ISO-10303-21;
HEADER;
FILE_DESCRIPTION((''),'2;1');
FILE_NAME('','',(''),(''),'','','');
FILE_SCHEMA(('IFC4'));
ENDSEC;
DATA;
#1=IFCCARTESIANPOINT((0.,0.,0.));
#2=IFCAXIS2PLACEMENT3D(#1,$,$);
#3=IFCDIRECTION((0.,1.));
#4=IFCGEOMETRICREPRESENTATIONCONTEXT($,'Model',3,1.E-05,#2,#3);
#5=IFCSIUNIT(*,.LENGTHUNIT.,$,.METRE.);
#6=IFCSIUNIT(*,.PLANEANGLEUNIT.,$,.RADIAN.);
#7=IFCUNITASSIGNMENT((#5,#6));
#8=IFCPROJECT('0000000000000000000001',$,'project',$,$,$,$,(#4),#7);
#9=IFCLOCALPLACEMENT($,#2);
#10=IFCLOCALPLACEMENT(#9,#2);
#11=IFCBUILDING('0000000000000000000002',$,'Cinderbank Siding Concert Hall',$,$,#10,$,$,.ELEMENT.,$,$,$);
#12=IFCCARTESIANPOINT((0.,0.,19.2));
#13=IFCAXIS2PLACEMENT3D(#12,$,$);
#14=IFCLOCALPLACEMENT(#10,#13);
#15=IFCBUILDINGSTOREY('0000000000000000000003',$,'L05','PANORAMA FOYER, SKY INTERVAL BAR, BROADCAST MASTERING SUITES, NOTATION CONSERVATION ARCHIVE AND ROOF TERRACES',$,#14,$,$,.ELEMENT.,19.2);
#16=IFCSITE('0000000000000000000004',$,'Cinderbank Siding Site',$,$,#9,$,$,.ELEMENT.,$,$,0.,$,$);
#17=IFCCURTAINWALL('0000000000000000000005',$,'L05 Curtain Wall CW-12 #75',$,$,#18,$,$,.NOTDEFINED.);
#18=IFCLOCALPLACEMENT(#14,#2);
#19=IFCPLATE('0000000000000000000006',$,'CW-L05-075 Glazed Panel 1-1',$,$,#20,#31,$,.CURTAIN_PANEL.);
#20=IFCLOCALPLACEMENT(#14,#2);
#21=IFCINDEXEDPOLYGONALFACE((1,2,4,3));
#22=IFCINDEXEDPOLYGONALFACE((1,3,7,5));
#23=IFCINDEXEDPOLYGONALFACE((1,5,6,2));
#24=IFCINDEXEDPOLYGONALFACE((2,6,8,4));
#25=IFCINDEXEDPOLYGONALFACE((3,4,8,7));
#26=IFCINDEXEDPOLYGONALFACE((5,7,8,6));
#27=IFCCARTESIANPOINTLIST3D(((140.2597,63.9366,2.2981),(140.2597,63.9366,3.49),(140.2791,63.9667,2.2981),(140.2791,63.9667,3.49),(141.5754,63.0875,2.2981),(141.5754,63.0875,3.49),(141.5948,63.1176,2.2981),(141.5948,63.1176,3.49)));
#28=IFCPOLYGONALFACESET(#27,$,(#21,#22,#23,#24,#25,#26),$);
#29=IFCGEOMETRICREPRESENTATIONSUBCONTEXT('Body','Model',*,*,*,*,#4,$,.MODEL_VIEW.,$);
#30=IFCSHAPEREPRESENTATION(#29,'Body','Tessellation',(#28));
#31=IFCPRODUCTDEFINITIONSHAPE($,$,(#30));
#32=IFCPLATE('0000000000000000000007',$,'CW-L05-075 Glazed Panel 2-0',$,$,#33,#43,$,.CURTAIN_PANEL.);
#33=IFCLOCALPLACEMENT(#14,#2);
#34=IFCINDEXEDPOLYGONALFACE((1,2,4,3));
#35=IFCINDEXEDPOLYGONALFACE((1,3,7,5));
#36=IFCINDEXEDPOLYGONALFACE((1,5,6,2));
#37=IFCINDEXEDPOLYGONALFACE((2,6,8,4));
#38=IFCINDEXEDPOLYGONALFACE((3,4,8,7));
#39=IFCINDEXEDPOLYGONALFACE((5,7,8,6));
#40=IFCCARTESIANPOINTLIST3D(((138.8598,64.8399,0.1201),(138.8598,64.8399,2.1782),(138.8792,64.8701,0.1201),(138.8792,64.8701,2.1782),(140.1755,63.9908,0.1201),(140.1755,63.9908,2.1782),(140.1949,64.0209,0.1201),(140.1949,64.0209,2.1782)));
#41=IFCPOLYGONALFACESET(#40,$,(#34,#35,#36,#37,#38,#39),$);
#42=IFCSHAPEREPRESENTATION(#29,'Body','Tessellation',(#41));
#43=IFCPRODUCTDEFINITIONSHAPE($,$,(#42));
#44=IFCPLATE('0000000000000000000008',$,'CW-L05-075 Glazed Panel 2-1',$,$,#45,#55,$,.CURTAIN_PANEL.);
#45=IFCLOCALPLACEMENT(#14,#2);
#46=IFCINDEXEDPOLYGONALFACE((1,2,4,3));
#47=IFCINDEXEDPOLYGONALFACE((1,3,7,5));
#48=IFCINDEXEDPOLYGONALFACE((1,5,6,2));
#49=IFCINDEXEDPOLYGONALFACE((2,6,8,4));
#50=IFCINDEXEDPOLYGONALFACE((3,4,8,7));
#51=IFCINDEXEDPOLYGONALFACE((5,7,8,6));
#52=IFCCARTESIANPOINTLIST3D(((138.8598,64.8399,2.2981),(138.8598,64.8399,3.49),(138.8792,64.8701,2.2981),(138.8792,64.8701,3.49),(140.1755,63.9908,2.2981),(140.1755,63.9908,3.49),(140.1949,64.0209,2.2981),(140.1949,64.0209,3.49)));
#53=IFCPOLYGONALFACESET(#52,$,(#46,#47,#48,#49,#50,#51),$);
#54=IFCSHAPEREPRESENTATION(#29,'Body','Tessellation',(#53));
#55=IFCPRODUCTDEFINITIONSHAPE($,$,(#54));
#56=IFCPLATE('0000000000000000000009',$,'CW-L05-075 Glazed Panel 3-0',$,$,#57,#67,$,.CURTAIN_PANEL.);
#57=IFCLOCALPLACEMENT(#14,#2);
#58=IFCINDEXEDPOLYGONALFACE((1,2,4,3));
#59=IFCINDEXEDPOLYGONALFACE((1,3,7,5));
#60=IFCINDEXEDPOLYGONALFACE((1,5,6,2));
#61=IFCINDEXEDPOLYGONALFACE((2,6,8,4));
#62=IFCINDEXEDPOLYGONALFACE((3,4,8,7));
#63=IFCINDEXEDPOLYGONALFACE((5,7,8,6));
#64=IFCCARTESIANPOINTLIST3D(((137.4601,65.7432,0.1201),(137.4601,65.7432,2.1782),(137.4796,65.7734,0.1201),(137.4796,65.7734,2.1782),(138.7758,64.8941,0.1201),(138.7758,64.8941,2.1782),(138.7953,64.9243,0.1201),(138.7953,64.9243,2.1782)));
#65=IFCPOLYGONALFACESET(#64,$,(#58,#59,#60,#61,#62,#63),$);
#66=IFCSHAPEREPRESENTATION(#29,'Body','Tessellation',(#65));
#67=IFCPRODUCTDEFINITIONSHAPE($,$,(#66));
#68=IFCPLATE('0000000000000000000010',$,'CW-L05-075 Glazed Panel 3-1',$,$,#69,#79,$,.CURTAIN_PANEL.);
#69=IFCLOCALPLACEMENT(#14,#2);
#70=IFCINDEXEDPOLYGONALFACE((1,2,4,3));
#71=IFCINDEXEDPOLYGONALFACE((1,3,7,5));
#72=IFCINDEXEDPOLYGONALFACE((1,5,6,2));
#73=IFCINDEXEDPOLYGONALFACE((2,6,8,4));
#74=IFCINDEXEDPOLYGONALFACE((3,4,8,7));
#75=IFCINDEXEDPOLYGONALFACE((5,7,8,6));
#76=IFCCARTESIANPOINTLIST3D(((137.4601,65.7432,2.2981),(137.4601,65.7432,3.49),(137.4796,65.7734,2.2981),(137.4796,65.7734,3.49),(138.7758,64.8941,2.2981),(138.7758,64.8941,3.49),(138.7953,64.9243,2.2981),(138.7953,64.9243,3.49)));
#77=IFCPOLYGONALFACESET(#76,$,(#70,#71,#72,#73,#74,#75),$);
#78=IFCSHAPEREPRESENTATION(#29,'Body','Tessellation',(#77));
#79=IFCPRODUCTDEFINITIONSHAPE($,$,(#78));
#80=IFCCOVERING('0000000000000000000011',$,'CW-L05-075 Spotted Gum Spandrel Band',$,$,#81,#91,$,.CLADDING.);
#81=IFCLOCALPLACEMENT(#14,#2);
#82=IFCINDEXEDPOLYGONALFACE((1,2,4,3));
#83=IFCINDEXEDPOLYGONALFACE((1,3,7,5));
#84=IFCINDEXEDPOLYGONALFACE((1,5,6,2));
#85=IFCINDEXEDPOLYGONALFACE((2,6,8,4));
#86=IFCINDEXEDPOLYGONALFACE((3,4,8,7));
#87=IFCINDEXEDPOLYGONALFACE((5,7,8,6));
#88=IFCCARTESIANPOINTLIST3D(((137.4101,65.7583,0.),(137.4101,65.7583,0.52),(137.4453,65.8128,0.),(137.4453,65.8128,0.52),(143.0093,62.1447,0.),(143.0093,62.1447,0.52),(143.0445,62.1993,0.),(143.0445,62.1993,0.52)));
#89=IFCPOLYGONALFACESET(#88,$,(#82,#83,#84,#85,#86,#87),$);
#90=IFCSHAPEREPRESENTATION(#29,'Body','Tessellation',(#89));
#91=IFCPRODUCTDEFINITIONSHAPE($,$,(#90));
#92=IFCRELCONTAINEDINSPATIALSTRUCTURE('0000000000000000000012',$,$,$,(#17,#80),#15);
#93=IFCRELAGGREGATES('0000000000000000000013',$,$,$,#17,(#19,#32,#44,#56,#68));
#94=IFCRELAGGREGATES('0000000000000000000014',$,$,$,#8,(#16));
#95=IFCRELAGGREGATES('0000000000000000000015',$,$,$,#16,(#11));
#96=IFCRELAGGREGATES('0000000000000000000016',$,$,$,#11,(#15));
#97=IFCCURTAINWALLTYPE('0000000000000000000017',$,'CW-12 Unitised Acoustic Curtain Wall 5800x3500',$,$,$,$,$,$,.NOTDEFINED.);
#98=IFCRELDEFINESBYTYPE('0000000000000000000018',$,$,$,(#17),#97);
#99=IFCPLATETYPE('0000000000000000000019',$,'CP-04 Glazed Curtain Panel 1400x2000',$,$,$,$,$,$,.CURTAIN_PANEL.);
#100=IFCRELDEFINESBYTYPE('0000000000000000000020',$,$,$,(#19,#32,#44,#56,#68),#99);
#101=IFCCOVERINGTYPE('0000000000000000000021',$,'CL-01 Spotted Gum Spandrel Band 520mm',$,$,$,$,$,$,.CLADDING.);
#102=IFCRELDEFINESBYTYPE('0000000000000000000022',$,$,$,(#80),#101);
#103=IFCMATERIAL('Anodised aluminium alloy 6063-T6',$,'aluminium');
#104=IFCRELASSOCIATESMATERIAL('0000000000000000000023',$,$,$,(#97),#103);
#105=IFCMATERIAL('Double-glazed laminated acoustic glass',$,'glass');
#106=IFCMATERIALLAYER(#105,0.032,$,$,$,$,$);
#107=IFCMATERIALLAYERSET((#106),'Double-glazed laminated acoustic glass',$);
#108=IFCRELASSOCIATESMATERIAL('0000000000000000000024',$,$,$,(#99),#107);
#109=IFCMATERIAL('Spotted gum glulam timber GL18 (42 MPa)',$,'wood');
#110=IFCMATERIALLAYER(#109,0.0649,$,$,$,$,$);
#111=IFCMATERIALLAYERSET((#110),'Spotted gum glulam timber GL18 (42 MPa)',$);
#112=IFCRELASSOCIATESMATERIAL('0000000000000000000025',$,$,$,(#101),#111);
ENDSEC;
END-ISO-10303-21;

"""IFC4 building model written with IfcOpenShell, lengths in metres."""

from ifc_helpers import new_model, si_unit, direction, frame, origin, origin_2d, place, context, subcontext, project, spatial, rectangle, extrude, material, layer, layer_set, type_object, element, aggregate, save


model = new_model("IFC4")

# Units and contexts
model_context = context("Model", 3, precision=1e-05, world=origin(), true_north=direction((0.0, 1.0)))
body_context = subcontext(model_context, "Body", "Model", "MODEL_VIEW")
ifc_project = project(units=[si_unit("LENGTHUNIT", "METRE"), si_unit("PLANEANGLEUNIT", "RADIAN")], contexts=[model_context])

# Site, building, storey
site_placement = place(None, origin())
site = spatial("IfcSite", under=ifc_project, at=site_placement, Name="Cinderbank Siding Site", CompositionType="ELEMENT", RefElevation=0.0)
building_placement = place(site_placement, origin())
building = spatial("IfcBuilding", under=site, at=building_placement, Name="Cinderbank Siding Concert Hall", CompositionType="ELEMENT")
storey_placement = place(building_placement, frame((0.0, 0.0, 19.2)))
storey = spatial("IfcBuildingStorey", under=building, at=storey_placement, Name="L05", Description="PANORAMA FOYER, SKY INTERVAL BAR, BROADCAST MASTERING SUITES, NOTATION CONSERVATION ARCHIVE AND ROOF TERRACES", CompositionType="ELEMENT", Elevation=19.2)

# Curtain wall, plates
ifc_material_1 = material(Name="Anodised aluminium alloy 6063-T6", Category="aluminium")
curtain_wall_type = type_object("IfcCurtainWallType", Name="CW-12 Unitised Acoustic Curtain Wall 5800x3500", PredefinedType="NOTDEFINED", material=ifc_material_1)
curtain_wall_placement = place(storey_placement, origin())
curtain_wall = element("IfcCurtainWall", 1, at=curtain_wall_placement, inside=storey, type_object=curtain_wall_type, Name="L05 Curtain Wall CW-12 #75", PredefinedType="NOTDEFINED")
ifc_material_2 = material(Name="Double-glazed laminated acoustic glass", Category="glass")
ifc_layer_1 = layer(ifc_material_2, 0.032)
ifc_layer_set_1 = layer_set([ifc_layer_1], Name="Double-glazed laminated acoustic glass")
plate_type = type_object("IfcPlateType", Name="CP-04 Glazed Curtain Panel 1400x2000", PredefinedType="CURTAIN_PANEL", material=ifc_layer_set_1)
plate_1_placement = place(storey_placement, frame((140.9272, 63.5271, 2.2981), z_axis=(0.0, 0.0, 1.0), x_axis=(-0.840219, 0.542248, 0.0)))
plate_1 = element("IfcPlate", 2, at=plate_1_placement, type_object=plate_type, Name="CW-L05-075 Glazed Panel 1-1", PredefinedType="CURTAIN_PANEL", context=body_context, shape_type="SweptSolid", body=[
    extrude(rectangle(XDim=1.5659, YDim=0.0359, at=origin_2d()), origin(), (0.0, 0.0, 1.0), 1.1919),
])
plate_2_placement = place(storey_placement, frame((139.5273, 64.4304, 0.1201), z_axis=(0.0, 0.0, 1.0), x_axis=(-0.840219, 0.542248, 0.0)))
plate_2 = element("IfcPlate", 3, at=plate_2_placement, type_object=plate_type, Name="CW-L05-075 Glazed Panel 2-0", PredefinedType="CURTAIN_PANEL", context=body_context, shape_type="SweptSolid", body=[
    extrude(rectangle(XDim=1.5659, YDim=0.0359, at=origin_2d()), origin(), (0.0, 0.0, 1.0), 2.0581),
])
plate_3_placement = place(storey_placement, frame((139.5273, 64.4304, 2.2981), z_axis=(0.0, 0.0, 1.0), x_axis=(-0.840219, 0.542248, 0.0)))
plate_3 = element("IfcPlate", 4, at=plate_3_placement, type_object=plate_type, Name="CW-L05-075 Glazed Panel 2-1", PredefinedType="CURTAIN_PANEL", context=body_context, shape_type="SweptSolid", body=[
    extrude(rectangle(XDim=1.5659, YDim=0.0359, at=origin_2d()), origin(), (0.0, 0.0, 1.0), 1.1919),
])
plate_4_placement = place(storey_placement, frame((138.1277, 65.3337, 0.1201), z_axis=(0.0, 0.0, 1.0), x_axis=(-0.840219, 0.542248, 0.0)))
plate_4 = element("IfcPlate", 5, at=plate_4_placement, type_object=plate_type, Name="CW-L05-075 Glazed Panel 3-0", PredefinedType="CURTAIN_PANEL", context=body_context, shape_type="SweptSolid", body=[
    extrude(rectangle(XDim=1.5659, YDim=0.0359, at=origin_2d()), origin(), (0.0, 0.0, 1.0), 2.0581),
])
plate_5_placement = place(storey_placement, frame((138.1277, 65.3337, 2.2981), z_axis=(0.0, 0.0, 1.0), x_axis=(-0.840219, 0.542248, 0.0)))
plate_5 = element("IfcPlate", 6, at=plate_5_placement, type_object=plate_type, Name="CW-L05-075 Glazed Panel 3-1", PredefinedType="CURTAIN_PANEL", context=body_context, shape_type="SweptSolid", body=[
    extrude(rectangle(XDim=1.5659, YDim=0.0359, at=origin_2d()), origin(), (0.0, 0.0, 1.0), 1.1919),
])
aggregate(curtain_wall, [plate_1, plate_2, plate_3, plate_4, plate_5])

# Covering
ifc_material_3 = material(Name="Spotted gum glulam timber GL18 (42 MPa)", Category="wood")
ifc_layer_2 = layer(ifc_material_3, 0.0649)
ifc_layer_set_2 = layer_set([ifc_layer_2], Name="Spotted gum glulam timber GL18 (42 MPa)")
covering_type = type_object("IfcCoveringType", Name="CL-01 Spotted Gum Spandrel Band 520mm", PredefinedType="CLADDING", material=ifc_layer_set_2)
covering_placement = place(storey_placement, frame((140.2273, 63.9788, 0.0), z_axis=(0.0, 0.0, 1.0), x_axis=(-0.840219, 0.542248, 0.0)))
element("IfcCovering", 7, at=covering_placement, inside=storey, type_object=covering_type, Name="CW-L05-075 Spotted Gum Spandrel Band", PredefinedType="CLADDING", context=body_context, shape_type="SweptSolid", body=[
    extrude(rectangle(XDim=6.6641, YDim=0.0649, at=origin_2d()), origin(), (0.0, 0.0, 1.0), 0.52),
])

save(model, "model.ifc")
